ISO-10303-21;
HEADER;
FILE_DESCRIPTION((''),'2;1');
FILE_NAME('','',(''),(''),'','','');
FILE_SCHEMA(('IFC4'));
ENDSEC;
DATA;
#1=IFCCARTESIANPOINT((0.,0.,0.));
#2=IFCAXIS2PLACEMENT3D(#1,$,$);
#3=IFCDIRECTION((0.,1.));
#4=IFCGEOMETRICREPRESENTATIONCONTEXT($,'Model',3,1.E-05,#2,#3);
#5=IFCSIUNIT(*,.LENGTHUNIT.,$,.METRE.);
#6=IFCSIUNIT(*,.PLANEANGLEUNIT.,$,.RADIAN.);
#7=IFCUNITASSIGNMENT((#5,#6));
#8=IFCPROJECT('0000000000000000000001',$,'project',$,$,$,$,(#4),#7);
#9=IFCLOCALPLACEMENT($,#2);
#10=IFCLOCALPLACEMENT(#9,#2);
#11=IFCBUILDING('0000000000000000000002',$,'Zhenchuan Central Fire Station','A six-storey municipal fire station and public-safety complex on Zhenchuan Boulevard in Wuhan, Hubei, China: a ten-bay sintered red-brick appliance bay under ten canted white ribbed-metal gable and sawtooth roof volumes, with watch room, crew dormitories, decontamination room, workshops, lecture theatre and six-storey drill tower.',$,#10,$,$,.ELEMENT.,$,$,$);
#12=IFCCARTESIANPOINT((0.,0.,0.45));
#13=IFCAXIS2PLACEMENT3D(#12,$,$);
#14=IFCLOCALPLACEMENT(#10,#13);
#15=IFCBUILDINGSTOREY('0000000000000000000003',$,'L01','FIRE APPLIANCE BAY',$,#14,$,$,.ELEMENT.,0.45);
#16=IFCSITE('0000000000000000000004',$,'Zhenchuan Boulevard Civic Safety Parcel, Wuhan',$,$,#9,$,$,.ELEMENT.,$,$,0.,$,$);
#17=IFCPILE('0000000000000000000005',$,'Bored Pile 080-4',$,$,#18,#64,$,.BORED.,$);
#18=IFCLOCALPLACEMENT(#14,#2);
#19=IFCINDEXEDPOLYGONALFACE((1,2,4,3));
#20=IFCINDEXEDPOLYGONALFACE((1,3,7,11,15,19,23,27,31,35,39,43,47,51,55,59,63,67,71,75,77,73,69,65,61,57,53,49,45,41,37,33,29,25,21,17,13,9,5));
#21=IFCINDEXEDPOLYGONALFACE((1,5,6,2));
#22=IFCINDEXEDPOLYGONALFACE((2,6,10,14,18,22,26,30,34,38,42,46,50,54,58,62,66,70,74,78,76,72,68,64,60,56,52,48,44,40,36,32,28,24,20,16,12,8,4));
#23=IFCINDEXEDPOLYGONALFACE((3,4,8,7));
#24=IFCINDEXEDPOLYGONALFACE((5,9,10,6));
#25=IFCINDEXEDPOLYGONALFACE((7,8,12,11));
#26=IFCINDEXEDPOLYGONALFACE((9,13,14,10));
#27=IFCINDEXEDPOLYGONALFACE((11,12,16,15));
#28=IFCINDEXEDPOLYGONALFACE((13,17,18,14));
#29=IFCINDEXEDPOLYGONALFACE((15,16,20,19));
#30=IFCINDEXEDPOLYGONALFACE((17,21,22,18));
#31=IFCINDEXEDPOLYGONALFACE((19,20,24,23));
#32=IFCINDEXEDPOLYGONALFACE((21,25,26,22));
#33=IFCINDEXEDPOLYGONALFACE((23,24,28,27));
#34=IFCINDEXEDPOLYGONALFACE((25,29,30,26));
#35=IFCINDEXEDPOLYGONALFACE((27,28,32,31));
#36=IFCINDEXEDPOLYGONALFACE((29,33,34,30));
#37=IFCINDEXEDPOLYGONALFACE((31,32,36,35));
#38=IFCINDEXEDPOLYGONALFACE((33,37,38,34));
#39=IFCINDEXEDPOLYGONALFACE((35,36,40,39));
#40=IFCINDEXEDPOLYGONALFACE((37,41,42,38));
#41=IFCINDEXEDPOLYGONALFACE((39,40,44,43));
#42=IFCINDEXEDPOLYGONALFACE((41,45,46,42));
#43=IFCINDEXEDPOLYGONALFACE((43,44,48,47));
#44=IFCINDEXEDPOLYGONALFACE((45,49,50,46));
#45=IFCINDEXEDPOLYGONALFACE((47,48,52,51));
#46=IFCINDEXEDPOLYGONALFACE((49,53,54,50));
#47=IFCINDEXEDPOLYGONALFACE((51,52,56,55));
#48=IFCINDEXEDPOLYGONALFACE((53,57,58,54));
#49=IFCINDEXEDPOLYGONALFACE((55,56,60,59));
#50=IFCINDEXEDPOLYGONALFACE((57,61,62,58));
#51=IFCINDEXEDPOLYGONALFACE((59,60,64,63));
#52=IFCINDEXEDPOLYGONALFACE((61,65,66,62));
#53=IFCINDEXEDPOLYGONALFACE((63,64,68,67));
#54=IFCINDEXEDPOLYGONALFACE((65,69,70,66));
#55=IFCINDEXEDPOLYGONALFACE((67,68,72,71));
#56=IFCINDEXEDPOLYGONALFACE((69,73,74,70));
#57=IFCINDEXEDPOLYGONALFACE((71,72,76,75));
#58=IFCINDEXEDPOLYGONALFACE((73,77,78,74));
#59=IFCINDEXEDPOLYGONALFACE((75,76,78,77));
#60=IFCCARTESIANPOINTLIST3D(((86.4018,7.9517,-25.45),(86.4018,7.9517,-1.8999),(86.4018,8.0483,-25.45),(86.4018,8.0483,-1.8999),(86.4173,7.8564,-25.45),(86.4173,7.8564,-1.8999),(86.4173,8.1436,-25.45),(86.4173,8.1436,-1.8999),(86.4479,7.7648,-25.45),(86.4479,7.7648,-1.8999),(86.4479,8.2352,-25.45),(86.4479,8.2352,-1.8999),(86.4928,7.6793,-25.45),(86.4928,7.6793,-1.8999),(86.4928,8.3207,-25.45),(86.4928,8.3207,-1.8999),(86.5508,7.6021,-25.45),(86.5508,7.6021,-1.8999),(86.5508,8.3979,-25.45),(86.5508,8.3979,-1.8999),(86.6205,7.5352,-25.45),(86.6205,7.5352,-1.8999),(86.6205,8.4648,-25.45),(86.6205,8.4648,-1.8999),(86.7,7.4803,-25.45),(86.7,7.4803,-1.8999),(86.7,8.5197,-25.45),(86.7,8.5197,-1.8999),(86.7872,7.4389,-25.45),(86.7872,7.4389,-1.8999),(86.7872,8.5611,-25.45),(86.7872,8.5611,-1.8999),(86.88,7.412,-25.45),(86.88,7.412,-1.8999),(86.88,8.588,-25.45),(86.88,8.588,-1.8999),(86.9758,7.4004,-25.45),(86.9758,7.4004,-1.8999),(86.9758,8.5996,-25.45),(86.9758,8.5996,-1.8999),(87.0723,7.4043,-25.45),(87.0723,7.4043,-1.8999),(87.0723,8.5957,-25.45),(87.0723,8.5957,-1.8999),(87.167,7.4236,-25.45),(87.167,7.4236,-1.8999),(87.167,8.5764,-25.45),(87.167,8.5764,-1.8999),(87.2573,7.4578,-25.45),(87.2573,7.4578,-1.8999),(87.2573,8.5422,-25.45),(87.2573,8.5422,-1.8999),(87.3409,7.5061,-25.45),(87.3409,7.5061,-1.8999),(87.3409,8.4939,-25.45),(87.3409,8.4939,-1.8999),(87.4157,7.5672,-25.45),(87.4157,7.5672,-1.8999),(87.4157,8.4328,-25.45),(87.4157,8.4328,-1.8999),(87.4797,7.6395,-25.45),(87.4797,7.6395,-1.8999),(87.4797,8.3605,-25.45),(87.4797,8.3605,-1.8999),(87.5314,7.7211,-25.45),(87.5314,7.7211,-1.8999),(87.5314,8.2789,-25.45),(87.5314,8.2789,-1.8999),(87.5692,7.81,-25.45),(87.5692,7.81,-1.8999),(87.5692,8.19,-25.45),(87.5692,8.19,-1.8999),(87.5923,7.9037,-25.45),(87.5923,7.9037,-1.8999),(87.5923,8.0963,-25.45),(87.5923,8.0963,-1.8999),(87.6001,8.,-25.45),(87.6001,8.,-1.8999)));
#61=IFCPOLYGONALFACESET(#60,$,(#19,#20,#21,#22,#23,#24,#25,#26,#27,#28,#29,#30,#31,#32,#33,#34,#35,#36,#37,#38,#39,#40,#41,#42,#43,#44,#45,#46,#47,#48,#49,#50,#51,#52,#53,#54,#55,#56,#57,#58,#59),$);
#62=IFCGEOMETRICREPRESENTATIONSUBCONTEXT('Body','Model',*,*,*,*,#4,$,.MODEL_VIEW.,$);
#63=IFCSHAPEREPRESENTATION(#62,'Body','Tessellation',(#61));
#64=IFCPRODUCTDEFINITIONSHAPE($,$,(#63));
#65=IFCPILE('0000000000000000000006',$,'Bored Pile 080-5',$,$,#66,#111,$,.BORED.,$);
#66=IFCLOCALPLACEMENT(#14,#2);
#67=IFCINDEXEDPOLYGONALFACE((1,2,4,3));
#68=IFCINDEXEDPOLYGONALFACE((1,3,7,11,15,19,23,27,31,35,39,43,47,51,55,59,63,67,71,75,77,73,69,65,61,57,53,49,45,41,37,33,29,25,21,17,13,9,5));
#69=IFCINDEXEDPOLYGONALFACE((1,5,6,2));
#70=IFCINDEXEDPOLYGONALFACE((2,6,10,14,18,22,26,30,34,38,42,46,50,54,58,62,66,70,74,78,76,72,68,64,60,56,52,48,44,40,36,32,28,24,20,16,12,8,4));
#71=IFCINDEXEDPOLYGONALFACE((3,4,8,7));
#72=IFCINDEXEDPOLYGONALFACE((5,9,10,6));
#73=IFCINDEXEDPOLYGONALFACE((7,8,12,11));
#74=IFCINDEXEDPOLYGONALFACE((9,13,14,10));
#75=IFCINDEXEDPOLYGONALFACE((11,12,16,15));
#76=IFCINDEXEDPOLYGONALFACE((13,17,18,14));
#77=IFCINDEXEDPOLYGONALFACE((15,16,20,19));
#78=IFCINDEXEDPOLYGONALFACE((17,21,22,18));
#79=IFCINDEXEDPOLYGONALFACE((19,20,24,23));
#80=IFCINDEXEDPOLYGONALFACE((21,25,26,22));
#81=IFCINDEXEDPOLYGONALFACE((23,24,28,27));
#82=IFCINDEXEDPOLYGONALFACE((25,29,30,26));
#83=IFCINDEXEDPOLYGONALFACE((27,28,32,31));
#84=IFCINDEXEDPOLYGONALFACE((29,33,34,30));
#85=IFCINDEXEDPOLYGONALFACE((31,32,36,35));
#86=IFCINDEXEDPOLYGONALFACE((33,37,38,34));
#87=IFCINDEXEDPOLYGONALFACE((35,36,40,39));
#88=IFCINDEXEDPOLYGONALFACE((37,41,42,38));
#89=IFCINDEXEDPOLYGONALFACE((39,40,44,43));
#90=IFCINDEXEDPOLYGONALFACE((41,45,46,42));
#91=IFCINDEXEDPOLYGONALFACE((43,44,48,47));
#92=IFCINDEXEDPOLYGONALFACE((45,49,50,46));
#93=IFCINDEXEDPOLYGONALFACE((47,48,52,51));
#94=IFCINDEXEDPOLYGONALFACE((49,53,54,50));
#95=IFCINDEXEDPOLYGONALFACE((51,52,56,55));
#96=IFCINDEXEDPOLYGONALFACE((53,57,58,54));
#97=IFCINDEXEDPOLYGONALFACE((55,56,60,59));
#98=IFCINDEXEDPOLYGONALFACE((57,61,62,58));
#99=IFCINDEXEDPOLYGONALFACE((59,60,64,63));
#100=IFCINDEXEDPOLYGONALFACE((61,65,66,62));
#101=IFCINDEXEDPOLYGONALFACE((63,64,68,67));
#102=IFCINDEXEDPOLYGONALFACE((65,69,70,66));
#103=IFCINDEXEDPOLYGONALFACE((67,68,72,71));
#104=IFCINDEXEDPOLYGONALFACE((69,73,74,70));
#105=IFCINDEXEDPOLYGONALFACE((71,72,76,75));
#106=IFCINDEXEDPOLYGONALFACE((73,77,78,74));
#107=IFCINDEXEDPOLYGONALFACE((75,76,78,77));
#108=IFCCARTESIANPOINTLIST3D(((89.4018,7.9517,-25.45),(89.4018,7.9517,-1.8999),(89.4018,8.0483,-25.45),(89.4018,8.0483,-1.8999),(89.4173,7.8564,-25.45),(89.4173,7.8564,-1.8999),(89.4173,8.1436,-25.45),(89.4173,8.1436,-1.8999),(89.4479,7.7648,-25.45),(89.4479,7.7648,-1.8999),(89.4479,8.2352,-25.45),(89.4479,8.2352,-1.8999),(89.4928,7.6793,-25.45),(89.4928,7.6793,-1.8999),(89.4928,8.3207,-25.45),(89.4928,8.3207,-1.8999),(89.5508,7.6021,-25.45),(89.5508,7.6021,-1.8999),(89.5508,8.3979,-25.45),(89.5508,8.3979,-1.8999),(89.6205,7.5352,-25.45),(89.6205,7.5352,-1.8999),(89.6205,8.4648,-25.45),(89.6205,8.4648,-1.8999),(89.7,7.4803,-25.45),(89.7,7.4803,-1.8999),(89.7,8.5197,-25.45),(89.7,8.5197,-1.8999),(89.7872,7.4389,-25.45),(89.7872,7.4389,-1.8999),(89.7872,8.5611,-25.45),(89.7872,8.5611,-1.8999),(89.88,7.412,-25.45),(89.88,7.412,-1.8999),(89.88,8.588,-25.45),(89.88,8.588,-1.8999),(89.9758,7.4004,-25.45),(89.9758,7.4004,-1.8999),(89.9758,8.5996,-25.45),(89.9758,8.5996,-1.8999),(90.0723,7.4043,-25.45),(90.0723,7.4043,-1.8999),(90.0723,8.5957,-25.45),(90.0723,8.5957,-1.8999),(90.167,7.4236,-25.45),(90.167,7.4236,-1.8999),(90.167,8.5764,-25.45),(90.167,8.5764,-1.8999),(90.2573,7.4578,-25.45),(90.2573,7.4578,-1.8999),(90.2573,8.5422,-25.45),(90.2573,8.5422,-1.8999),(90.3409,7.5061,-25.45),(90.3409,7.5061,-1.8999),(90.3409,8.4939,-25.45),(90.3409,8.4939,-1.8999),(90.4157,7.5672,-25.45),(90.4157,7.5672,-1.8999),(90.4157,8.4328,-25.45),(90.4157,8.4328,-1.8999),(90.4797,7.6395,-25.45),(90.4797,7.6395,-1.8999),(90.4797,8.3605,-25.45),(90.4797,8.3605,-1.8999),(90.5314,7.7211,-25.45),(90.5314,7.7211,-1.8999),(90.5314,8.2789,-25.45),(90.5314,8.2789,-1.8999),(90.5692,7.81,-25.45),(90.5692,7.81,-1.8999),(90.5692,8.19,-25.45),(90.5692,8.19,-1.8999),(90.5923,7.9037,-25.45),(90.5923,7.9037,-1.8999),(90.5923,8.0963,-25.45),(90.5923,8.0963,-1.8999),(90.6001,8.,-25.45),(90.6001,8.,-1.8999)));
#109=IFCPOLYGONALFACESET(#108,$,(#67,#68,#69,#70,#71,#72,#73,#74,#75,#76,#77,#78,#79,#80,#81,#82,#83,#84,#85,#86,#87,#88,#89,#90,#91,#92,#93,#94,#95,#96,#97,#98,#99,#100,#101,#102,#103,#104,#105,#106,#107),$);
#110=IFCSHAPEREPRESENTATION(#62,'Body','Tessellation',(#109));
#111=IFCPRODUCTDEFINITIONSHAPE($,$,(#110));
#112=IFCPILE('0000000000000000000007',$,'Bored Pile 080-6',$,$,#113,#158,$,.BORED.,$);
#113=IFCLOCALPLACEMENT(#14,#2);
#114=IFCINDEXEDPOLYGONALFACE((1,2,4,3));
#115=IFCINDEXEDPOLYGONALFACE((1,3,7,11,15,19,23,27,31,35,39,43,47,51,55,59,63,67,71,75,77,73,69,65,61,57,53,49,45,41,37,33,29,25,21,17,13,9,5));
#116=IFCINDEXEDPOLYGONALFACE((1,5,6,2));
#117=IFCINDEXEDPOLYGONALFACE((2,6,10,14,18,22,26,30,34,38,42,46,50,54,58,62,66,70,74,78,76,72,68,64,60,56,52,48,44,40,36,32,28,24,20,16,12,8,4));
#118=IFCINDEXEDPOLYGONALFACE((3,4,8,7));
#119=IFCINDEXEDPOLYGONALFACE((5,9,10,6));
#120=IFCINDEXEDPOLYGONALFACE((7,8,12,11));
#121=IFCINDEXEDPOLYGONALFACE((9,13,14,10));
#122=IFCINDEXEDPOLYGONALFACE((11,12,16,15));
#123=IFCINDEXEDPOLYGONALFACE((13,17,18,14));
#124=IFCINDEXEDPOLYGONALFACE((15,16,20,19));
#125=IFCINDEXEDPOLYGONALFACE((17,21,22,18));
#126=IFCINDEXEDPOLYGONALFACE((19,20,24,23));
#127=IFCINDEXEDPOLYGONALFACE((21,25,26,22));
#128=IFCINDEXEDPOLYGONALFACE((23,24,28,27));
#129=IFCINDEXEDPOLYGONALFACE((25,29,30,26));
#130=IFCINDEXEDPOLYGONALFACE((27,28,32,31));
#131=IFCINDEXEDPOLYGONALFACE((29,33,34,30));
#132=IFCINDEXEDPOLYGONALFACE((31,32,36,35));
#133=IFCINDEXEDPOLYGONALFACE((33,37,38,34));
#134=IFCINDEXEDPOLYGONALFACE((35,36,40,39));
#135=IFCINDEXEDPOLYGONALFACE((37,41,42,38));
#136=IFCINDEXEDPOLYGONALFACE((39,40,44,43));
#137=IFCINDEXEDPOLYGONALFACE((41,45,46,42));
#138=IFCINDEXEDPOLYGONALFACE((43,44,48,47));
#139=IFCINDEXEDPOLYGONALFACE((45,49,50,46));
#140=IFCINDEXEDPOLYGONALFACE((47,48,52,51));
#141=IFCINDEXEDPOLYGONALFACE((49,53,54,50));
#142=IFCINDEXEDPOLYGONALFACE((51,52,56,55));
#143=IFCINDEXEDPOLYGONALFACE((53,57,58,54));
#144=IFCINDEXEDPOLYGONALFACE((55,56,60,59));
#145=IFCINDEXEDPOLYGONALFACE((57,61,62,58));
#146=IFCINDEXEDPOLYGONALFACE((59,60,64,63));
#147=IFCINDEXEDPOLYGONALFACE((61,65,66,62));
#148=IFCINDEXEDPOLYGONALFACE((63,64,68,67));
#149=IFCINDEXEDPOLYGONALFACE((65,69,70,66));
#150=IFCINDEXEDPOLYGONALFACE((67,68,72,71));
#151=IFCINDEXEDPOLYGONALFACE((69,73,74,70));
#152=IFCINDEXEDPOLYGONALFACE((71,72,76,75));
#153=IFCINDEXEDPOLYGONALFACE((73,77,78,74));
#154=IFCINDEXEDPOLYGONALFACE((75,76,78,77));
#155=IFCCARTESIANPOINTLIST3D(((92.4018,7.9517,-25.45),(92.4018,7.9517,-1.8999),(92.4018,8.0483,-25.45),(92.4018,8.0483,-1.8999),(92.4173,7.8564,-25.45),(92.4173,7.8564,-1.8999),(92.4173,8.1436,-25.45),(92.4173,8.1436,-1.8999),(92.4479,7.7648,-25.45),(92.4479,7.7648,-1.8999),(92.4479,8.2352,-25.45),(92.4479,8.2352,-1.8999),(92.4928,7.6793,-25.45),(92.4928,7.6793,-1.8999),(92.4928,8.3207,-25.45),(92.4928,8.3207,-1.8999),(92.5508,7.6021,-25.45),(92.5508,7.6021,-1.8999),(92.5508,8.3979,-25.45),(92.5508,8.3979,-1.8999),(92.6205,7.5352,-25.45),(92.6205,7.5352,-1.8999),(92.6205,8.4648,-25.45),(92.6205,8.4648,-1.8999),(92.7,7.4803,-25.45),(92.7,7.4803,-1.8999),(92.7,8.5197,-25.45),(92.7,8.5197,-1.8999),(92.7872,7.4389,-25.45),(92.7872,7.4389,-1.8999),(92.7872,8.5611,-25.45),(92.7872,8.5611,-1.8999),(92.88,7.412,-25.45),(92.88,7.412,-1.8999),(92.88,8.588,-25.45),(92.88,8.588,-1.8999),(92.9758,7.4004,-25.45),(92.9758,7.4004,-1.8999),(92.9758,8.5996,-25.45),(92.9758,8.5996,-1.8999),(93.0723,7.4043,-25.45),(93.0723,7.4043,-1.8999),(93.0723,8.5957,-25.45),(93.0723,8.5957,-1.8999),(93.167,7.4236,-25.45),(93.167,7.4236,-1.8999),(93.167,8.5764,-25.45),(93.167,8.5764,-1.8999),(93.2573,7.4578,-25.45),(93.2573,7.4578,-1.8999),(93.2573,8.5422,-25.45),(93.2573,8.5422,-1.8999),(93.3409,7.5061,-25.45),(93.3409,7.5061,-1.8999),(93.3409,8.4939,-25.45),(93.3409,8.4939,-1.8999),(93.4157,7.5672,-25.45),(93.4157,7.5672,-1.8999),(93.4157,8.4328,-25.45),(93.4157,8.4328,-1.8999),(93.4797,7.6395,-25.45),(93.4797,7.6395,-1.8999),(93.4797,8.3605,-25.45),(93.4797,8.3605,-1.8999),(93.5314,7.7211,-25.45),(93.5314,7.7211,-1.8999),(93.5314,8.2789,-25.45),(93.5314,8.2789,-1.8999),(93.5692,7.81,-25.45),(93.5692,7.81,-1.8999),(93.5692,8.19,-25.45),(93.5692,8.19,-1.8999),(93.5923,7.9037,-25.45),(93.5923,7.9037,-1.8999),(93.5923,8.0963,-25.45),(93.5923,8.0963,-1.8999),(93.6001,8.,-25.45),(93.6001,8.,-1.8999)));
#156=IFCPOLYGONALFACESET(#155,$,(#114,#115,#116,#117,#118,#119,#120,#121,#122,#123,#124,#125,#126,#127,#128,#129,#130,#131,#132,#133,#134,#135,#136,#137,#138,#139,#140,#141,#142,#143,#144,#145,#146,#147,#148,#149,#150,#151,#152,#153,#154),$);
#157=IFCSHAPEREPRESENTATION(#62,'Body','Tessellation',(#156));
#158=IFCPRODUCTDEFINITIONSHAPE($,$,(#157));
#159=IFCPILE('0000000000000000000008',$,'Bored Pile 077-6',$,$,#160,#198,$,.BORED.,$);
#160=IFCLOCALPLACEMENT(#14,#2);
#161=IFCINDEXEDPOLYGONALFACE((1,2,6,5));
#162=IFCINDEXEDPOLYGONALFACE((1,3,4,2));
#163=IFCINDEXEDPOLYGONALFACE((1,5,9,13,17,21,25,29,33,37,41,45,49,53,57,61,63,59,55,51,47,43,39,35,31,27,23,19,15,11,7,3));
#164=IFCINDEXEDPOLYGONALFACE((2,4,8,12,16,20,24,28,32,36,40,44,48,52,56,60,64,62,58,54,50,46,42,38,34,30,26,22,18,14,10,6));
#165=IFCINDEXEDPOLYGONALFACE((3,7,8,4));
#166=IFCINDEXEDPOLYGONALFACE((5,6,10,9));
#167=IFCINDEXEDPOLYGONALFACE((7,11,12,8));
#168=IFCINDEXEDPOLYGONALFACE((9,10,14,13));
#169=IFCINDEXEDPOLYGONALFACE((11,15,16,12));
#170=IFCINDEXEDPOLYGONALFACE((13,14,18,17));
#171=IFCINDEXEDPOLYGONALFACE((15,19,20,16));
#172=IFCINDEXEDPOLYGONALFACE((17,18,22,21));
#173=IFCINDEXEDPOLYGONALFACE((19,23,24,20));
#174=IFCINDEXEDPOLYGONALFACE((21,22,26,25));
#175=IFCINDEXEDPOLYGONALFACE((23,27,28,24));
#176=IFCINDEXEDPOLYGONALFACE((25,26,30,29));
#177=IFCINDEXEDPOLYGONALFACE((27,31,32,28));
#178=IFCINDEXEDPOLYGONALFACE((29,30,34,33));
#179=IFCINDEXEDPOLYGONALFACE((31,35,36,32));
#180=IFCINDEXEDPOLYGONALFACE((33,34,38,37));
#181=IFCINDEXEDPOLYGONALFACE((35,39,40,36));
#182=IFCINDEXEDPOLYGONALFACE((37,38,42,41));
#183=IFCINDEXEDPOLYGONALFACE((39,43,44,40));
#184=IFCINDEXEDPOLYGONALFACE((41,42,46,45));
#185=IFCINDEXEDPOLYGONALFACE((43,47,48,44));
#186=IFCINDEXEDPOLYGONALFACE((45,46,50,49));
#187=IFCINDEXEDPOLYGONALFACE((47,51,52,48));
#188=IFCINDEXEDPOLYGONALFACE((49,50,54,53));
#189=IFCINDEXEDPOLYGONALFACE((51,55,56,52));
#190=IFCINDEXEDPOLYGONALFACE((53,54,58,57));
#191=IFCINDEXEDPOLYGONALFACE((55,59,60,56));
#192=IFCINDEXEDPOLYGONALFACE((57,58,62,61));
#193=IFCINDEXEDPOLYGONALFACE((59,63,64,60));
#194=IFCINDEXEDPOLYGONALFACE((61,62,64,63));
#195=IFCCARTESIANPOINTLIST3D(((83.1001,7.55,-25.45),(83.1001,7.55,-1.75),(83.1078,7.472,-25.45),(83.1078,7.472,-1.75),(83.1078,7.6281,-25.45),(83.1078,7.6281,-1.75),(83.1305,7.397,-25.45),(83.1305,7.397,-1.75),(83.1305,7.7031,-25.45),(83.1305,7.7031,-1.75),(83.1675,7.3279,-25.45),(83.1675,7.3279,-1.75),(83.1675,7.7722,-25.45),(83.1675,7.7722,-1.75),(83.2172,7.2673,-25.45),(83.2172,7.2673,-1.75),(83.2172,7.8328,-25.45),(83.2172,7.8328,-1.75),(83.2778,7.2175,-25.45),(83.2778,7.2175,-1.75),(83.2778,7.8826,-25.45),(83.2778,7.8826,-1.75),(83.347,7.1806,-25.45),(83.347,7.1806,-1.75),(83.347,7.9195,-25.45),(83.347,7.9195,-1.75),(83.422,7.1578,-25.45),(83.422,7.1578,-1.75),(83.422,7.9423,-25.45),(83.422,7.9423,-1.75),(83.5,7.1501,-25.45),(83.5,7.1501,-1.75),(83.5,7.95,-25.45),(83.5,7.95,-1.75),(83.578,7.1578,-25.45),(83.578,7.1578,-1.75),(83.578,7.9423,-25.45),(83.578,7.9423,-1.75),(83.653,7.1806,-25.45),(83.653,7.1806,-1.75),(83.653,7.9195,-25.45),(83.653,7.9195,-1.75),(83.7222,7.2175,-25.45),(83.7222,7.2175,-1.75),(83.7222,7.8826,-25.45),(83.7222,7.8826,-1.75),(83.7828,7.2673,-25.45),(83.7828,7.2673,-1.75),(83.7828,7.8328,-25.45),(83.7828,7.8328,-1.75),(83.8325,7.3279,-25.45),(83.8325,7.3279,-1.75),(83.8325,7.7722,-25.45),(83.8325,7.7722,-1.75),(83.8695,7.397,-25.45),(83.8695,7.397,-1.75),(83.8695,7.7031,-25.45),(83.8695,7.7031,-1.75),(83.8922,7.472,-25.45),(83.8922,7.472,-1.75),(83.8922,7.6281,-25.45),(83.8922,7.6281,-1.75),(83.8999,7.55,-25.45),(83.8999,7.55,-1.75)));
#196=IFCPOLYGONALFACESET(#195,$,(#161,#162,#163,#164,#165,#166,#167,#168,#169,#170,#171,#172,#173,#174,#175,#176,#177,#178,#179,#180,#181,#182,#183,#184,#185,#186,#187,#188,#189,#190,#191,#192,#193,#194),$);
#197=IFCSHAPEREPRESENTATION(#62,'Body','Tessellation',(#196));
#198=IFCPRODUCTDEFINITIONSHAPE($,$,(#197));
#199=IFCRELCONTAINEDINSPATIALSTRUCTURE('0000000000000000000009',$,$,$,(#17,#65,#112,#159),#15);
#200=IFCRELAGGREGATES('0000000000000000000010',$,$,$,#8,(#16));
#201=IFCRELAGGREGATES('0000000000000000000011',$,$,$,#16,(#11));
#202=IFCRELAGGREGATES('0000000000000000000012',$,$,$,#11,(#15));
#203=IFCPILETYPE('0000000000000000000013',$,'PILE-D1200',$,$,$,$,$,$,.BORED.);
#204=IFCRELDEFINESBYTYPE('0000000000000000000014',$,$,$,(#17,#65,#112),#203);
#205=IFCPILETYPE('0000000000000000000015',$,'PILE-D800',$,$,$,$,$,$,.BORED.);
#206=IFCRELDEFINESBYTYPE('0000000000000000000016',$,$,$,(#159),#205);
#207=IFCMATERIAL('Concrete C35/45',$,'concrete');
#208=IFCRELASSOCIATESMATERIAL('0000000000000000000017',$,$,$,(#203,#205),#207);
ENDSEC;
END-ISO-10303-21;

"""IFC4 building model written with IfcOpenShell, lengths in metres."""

from ifc_helpers import new_model, si_unit, direction, frame, origin, origin_2d, place, context, subcontext, project, spatial, circle, extrude, material, material_profile, profile_set, type_object, element, save


model = new_model("IFC4")

# Units and contexts
model_context = context("Model", 3, precision=1e-05, world=origin(), true_north=direction((0.0, 1.0)))
body_context = subcontext(model_context, "Body", "Model", "MODEL_VIEW")
ifc_project = project(units=[si_unit("LENGTHUNIT", "METRE"), si_unit("PLANEANGLEUNIT", "RADIAN")], contexts=[model_context])

# Site, building, storey
site_placement = place(None, origin())
site = spatial("IfcSite", under=ifc_project, at=site_placement, Name="Zhenchuan Boulevard Civic Safety Parcel, Wuhan", CompositionType="ELEMENT", RefElevation=0.0)
building_placement = place(site_placement, origin())
building = spatial("IfcBuilding", under=site, at=building_placement, Name="Zhenchuan Central Fire Station", Description="A six-storey municipal fire station and public-safety complex on Zhenchuan Boulevard in Wuhan, Hubei, China: a ten-bay sintered red-brick appliance bay under ten canted white ribbed-metal gable and sawtooth roof volumes, with watch room, crew dormitories, decontamination room, workshops, lecture theatre and six-storey drill tower.", CompositionType="ELEMENT")
storey_placement = place(building_placement, frame((0.0, 0.0, 0.45)))
storey = spatial("IfcBuildingStorey", under=building, at=storey_placement, Name="L01", Description="FIRE APPLIANCE BAY", CompositionType="ELEMENT", Elevation=0.45)

# Piles
ifc_material_1 = material(Name="Concrete C35/45", Category="concrete")
ifc_material_profile_1 = material_profile(ifc_material_1, circle(Radius=0.6001, at=origin_2d()), Name="PILE D1200")
ifc_profile_set_1 = profile_set([ifc_material_profile_1], Name="Concrete C35/45")
pile_type_1 = type_object("IfcPileType", Name="PILE-D1200", PredefinedType="BORED", material=ifc_profile_set_1)
for number, where, z_axis, x_axis, name in (
    (1, (87.0, 8.0, -1.8999), (0.0, 0.0, -1.0), (1.0, 0.0, 0.0), "Bored Pile 080-4"),
    (2, (90.0, 8.0, -1.8999), (0.0, 0.0, -1.0), (1.0, 0.0, 0.0), "Bored Pile 080-5"),
    (3, (93.0, 8.0, -1.8999), (0.0, 0.0, -1.0), (1.0, 0.0, 0.0), "Bored Pile 080-6"),
):
    element("IfcPile", number, at=place(storey_placement, frame(where, z_axis=z_axis, x_axis=x_axis)), inside=storey, type_object=pile_type_1, Name=name, PredefinedType="BORED", context=body_context, shape_type="SweptSolid", body=[
        extrude(circle(Radius=0.6001, at=origin_2d()), origin(), (0.0, 0.0, 1.0), 23.55),
    ])
ifc_material_profile_2 = material_profile(ifc_material_1, circle(Radius=0.3999, at=origin_2d()), Name="PILE D800")
ifc_profile_set_2 = profile_set([ifc_material_profile_2], Name="Concrete C35/45")
pile_type_2 = type_object("IfcPileType", Name="PILE-D800", PredefinedType="BORED", material=ifc_profile_set_2)
pile_placement = place(storey_placement, frame((83.5, 7.55, -1.75), z_axis=(0.0, 0.0, -1.0), x_axis=(1.0, 0.0, 0.0)))
element("IfcPile", 4, at=pile_placement, inside=storey, type_object=pile_type_2, Name="Bored Pile 077-6", PredefinedType="BORED", context=body_context, shape_type="SweptSolid", body=[
    extrude(circle(Radius=0.3999, at=origin_2d()), origin(), (0.0, 0.0, 1.0), 23.7),
])

save(model, "model.ifc")
